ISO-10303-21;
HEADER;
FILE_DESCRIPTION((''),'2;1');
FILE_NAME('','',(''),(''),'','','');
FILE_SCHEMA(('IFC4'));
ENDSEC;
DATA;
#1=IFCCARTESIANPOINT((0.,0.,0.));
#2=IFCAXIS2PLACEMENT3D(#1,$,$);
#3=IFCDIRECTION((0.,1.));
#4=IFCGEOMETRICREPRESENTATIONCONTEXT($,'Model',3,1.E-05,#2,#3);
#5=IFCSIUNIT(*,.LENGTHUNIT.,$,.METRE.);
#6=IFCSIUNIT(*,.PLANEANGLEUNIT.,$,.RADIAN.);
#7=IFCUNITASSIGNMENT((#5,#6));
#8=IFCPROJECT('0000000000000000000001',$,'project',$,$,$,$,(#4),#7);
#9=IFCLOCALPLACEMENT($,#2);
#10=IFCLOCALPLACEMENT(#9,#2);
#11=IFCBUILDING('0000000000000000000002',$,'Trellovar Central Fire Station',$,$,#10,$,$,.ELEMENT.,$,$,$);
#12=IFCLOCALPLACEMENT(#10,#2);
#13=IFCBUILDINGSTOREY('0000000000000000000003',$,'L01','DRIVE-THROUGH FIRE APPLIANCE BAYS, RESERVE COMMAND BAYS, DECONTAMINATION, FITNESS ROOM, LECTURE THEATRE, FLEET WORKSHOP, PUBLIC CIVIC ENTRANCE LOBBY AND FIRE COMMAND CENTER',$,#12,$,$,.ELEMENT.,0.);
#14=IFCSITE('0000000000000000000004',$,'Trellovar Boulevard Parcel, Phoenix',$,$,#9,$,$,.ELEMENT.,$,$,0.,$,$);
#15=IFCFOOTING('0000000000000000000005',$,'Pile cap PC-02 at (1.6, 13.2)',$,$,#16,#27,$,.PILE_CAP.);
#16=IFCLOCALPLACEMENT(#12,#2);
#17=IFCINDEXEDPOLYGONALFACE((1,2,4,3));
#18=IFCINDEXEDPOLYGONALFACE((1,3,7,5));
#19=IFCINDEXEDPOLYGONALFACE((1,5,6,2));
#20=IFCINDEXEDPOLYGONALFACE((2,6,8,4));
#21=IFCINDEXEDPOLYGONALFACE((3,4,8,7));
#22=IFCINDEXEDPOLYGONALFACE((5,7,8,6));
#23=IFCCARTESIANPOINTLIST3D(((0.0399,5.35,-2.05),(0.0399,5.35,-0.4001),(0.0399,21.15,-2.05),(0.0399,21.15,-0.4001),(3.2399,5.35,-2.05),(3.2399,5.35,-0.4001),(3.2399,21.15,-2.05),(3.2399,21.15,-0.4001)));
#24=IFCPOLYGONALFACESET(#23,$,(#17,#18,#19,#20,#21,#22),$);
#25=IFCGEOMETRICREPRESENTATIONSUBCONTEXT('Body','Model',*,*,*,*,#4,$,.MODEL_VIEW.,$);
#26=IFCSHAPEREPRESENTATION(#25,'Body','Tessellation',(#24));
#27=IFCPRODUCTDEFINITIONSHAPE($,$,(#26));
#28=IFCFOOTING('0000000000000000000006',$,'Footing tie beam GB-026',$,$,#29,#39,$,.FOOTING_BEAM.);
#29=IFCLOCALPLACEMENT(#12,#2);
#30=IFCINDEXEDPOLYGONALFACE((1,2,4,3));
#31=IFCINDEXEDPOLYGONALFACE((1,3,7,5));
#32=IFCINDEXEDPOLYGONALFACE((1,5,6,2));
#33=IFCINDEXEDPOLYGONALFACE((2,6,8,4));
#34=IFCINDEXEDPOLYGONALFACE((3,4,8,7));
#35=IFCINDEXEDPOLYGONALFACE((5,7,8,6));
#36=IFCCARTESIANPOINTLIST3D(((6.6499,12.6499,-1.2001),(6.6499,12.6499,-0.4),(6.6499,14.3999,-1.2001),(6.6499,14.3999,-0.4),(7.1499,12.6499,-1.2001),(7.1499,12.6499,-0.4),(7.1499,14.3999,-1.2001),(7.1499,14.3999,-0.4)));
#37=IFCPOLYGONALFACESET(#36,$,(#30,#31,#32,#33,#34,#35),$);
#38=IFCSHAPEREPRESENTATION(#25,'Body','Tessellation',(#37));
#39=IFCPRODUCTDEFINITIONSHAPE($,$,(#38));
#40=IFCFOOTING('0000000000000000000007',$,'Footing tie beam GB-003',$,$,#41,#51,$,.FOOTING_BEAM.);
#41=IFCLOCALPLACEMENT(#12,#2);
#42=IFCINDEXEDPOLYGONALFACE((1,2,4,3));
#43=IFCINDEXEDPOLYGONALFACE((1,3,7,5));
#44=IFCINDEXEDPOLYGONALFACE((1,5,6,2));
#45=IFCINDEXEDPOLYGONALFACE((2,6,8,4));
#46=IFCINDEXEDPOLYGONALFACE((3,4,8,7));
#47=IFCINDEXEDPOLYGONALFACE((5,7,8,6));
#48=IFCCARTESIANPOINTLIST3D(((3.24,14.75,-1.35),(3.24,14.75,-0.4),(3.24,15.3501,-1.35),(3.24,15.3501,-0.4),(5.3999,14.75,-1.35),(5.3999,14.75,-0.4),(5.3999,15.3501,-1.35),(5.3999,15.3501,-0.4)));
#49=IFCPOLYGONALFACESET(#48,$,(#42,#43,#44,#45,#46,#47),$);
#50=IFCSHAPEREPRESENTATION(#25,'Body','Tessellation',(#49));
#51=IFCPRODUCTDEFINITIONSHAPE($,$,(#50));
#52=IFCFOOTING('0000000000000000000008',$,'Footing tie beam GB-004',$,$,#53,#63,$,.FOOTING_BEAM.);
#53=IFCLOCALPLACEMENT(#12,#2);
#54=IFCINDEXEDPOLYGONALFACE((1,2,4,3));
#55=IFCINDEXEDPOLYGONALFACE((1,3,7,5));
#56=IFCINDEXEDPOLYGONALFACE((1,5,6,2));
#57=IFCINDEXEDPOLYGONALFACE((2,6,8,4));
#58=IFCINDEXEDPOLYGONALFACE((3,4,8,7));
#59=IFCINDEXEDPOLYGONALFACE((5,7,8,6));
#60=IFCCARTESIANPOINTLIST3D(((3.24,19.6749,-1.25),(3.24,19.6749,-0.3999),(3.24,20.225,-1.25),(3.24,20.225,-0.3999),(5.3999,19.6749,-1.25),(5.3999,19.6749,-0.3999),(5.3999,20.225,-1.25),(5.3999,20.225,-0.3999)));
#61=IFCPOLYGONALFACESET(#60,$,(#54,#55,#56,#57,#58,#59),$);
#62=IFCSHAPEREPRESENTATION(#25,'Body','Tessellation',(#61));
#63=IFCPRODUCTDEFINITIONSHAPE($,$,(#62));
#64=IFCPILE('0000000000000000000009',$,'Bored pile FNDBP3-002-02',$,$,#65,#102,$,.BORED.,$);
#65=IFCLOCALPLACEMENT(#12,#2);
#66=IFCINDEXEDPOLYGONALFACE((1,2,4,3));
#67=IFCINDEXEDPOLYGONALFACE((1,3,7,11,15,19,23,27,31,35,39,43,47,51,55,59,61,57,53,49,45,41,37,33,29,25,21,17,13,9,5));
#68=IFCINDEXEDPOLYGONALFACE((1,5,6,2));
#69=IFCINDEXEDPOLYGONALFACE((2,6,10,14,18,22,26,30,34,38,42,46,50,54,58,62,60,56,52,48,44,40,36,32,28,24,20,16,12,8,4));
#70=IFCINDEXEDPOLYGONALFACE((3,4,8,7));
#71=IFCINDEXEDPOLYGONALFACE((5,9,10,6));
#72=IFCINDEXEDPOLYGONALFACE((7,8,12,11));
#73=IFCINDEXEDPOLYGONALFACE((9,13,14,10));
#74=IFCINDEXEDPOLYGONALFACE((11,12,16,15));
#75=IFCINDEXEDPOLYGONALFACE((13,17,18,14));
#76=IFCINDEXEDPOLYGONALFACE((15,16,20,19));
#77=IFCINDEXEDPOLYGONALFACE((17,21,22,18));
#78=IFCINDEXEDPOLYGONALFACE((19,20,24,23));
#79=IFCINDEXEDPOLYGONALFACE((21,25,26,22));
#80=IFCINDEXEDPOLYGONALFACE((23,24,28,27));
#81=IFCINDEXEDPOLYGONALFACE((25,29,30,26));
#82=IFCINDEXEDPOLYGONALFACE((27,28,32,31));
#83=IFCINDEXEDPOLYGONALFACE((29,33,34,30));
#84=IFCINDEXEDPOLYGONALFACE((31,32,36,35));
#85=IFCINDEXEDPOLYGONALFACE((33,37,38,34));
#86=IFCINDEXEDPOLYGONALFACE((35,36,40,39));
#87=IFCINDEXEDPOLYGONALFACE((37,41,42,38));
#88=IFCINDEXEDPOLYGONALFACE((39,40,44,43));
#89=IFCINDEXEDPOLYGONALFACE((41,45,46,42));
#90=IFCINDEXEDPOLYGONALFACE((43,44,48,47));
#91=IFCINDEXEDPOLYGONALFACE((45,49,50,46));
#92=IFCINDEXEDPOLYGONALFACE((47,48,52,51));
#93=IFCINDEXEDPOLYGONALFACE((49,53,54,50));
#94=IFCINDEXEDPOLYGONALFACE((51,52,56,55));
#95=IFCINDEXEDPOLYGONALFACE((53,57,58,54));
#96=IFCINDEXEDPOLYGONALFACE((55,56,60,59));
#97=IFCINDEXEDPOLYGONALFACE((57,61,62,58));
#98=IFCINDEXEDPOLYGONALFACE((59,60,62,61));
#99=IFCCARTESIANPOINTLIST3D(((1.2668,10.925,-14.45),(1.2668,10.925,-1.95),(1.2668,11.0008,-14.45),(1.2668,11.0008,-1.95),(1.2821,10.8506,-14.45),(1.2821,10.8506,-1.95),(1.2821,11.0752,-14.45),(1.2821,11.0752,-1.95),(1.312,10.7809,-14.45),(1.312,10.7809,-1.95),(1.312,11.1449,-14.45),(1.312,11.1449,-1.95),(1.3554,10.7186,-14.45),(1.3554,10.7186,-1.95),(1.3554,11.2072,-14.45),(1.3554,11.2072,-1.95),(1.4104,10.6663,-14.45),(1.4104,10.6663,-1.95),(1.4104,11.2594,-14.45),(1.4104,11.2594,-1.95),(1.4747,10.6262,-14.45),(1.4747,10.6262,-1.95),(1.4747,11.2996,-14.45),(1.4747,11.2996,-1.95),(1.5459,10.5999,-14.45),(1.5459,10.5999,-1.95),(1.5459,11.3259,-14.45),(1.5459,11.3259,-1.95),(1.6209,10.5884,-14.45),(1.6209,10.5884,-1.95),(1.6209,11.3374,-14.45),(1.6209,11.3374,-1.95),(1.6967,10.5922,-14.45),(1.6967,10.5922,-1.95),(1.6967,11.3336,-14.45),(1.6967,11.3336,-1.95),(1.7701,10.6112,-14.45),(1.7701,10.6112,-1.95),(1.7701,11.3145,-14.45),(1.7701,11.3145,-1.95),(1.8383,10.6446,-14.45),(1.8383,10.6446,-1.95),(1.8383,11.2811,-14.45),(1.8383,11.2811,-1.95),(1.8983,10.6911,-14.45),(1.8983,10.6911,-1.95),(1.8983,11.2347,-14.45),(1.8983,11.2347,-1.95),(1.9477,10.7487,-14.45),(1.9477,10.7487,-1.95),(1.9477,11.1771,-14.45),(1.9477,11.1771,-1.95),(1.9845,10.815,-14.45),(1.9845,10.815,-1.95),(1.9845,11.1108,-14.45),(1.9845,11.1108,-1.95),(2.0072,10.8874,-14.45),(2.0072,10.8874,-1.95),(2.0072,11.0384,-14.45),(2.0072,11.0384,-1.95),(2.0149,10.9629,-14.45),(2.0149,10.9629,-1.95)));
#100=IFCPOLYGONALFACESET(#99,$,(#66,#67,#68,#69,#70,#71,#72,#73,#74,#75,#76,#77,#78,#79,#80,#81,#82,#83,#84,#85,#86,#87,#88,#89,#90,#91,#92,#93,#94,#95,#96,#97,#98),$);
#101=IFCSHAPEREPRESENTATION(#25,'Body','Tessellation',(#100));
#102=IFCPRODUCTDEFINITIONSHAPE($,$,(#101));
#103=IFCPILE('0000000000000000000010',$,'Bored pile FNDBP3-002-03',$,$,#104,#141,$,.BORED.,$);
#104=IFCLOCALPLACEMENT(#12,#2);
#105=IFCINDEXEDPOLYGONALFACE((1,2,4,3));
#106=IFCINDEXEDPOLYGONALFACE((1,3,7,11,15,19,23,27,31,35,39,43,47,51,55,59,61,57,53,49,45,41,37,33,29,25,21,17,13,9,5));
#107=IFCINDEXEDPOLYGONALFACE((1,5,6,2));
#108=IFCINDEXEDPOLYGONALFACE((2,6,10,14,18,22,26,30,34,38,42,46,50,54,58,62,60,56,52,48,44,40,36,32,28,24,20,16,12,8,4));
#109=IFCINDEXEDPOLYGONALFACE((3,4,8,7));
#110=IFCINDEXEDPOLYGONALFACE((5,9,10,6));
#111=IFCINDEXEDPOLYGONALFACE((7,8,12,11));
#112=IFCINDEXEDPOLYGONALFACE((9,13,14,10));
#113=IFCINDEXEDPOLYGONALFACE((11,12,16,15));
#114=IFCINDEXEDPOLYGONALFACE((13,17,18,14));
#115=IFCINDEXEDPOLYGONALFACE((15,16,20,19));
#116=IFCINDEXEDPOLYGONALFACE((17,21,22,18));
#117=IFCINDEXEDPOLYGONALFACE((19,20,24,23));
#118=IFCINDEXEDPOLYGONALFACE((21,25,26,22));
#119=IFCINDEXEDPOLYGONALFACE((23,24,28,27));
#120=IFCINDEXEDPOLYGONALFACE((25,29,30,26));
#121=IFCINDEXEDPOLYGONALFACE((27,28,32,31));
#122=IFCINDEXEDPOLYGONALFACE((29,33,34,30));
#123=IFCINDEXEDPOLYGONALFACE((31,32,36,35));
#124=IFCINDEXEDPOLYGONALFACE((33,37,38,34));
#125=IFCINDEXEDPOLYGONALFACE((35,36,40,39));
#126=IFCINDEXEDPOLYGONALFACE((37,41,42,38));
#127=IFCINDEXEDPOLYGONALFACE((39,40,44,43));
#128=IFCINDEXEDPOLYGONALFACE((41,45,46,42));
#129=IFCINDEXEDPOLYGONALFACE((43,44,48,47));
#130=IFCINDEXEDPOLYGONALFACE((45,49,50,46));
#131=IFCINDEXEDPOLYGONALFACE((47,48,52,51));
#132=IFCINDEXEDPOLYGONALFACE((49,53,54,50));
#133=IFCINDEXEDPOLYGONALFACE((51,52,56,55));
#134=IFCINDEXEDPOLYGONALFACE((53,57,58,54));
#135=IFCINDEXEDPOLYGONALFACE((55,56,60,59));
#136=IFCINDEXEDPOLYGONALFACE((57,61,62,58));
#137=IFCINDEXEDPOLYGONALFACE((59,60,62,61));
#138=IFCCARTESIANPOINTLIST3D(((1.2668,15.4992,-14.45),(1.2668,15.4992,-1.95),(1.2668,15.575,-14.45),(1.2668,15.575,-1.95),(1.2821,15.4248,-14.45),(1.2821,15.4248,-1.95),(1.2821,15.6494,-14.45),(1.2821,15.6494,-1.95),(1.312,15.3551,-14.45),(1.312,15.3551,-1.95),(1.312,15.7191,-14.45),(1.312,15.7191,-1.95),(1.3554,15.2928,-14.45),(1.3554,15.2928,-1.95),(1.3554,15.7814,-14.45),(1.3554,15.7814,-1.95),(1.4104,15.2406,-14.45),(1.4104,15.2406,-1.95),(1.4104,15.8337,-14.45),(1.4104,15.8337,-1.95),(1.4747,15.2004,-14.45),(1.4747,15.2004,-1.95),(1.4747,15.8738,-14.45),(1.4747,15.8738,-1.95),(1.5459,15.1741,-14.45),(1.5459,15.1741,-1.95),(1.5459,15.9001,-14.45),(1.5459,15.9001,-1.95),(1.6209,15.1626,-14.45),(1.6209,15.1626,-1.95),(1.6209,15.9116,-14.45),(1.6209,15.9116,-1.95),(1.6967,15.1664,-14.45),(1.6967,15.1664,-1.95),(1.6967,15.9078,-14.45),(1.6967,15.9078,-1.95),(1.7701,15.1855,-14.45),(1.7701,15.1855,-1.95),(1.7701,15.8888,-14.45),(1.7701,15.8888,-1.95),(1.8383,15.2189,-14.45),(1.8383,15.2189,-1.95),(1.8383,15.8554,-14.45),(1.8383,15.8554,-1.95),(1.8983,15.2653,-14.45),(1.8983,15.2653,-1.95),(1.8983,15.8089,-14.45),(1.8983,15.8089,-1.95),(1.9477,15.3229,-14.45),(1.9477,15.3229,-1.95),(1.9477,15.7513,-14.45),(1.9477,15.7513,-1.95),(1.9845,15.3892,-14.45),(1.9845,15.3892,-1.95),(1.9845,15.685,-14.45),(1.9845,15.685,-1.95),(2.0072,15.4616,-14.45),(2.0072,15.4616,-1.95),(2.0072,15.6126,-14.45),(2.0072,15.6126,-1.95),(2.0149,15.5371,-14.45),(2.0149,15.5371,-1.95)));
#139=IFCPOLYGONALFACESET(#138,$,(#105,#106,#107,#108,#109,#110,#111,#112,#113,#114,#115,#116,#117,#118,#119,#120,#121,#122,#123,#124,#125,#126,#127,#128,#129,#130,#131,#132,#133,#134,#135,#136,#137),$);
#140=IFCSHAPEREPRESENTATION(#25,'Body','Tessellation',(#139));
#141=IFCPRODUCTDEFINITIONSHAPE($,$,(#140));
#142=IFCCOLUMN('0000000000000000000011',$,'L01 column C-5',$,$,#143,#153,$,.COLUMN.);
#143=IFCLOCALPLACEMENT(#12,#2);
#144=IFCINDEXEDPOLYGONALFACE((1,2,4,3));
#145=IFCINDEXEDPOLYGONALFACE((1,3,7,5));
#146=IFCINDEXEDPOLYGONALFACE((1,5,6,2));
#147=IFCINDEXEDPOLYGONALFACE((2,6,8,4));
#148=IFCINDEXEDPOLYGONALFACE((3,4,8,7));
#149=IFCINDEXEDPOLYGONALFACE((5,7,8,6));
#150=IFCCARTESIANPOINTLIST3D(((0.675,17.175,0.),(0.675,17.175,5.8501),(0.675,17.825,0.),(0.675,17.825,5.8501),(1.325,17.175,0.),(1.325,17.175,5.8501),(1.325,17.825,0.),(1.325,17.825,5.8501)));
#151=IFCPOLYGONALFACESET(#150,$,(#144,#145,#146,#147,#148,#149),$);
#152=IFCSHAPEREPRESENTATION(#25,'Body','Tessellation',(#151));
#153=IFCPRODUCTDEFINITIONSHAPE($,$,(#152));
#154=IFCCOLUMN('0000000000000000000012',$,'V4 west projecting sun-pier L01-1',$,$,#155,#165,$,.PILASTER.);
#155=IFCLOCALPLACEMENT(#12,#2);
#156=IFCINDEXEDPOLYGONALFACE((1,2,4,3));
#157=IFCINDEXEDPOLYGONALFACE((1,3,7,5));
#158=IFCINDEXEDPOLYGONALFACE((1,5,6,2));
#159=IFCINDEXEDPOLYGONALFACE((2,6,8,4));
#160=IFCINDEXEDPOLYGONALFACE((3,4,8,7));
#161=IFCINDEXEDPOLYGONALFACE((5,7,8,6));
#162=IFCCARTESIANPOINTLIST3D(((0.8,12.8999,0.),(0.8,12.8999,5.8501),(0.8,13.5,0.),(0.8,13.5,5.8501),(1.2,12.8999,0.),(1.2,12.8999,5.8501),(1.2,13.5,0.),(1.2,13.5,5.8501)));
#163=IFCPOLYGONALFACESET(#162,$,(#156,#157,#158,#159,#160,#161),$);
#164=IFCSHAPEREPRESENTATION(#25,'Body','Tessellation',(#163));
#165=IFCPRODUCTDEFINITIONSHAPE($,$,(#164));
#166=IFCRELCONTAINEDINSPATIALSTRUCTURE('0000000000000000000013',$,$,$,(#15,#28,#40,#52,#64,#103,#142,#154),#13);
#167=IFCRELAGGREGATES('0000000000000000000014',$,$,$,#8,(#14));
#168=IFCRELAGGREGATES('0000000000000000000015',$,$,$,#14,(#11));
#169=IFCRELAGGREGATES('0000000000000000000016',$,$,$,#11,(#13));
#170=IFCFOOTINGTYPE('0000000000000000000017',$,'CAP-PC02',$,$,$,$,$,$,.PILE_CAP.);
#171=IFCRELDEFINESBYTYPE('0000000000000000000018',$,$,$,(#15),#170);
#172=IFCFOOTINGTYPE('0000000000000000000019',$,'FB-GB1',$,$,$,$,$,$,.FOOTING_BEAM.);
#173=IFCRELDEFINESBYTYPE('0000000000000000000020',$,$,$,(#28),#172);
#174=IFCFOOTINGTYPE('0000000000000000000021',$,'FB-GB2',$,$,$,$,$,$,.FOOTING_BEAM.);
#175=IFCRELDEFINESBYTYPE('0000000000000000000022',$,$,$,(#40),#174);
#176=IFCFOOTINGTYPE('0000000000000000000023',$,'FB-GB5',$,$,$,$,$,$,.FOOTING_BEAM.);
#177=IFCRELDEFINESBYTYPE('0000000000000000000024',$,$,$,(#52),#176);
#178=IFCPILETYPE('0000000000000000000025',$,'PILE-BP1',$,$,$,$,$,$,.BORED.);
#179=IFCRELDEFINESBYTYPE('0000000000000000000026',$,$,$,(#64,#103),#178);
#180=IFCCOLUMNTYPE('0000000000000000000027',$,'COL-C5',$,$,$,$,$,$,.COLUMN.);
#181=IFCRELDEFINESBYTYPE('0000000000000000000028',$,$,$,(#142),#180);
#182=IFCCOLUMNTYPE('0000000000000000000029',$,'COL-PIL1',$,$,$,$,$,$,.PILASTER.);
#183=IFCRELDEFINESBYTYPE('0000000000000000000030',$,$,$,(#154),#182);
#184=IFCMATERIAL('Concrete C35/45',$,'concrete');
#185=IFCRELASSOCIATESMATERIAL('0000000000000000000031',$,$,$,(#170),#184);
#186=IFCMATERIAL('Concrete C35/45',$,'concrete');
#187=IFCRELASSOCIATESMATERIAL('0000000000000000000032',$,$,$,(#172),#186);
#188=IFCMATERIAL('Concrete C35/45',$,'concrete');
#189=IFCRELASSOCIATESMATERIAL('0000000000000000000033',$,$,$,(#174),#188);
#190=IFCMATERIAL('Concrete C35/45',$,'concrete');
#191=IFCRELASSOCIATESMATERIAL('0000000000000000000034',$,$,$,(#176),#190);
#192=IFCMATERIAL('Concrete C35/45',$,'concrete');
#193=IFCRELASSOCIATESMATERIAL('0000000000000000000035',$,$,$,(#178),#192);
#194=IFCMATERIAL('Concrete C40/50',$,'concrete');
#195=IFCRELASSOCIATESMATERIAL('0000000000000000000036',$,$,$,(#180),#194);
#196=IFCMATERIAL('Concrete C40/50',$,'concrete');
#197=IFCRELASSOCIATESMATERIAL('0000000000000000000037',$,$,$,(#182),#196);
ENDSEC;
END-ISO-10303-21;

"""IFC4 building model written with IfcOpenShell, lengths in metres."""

from ifc_helpers import new_model, si_unit, direction, frame, origin, origin_2d, place, context, subcontext, project, spatial, rectangle, circle, extrude, material, material_profile, profile_set, type_object, element, save


model = new_model("IFC4")

# Units and contexts
model_context = context("Model", 3, precision=1e-05, world=origin(), true_north=direction((0.0, 1.0)))
body_context = subcontext(model_context, "Body", "Model", "MODEL_VIEW")
ifc_project = project(units=[si_unit("LENGTHUNIT", "METRE"), si_unit("PLANEANGLEUNIT", "RADIAN")], contexts=[model_context])

# Site, building, storey
site_placement = place(None, origin())
site = spatial("IfcSite", under=ifc_project, at=site_placement, Name="Trellovar Boulevard Parcel, Phoenix", CompositionType="ELEMENT", RefElevation=0.0)
building_placement = place(site_placement, origin())
building = spatial("IfcBuilding", under=site, at=building_placement, Name="Trellovar Central Fire Station", CompositionType="ELEMENT")
storey_placement = place(building_placement, origin())
storey = spatial("IfcBuildingStorey", under=building, at=storey_placement, Name="L01", Description="DRIVE-THROUGH FIRE APPLIANCE BAYS, RESERVE COMMAND BAYS, DECONTAMINATION, FITNESS ROOM, LECTURE THEATRE, FLEET WORKSHOP, PUBLIC CIVIC ENTRANCE LOBBY AND FIRE COMMAND CENTER", CompositionType="ELEMENT", Elevation=0.0)

# Footings
ifc_material_1 = material(Name="Concrete C35/45", Category="concrete")
footing_type_1 = type_object("IfcFootingType", Name="CAP-PC02", PredefinedType="PILE_CAP", material=ifc_material_1)
footing_1_placement = place(storey_placement, frame((1.6399, 13.25, -2.05), z_axis=(0.0, 0.0, 1.0), x_axis=(1.0, 0.0, 0.0)))
element("IfcFooting", 1, at=footing_1_placement, inside=storey, type_object=footing_type_1, Name="Pile cap PC-02 at (1.6, 13.2)", PredefinedType="PILE_CAP", context=body_context, shape_type="SweptSolid", body=[
    extrude(rectangle(XDim=3.2, YDim=15.8, at=origin_2d()), origin(), (0.0, 0.0, 1.0), 1.6499),
])
ifc_material_2 = material(Name="Concrete C35/45", Category="concrete")
ifc_material_profile_1 = material_profile(ifc_material_2, rectangle(XDim=0.5, YDim=0.8, at=origin_2d()), Name="RC500X800")
ifc_profile_set_1 = profile_set([ifc_material_profile_1], Name="Concrete C35/45")
footing_type_2 = type_object("IfcFootingType", Name="FB-GB1", PredefinedType="FOOTING_BEAM", material=ifc_profile_set_1)
footing_2_placement = place(storey_placement, frame((6.8999, 12.6499, -0.8), z_axis=(0.0, 1.0, 0.0), x_axis=(-1.0, 0.0, 0.0)))
element("IfcFooting", 2, at=footing_2_placement, inside=storey, type_object=footing_type_2, Name="Footing tie beam GB-026", PredefinedType="FOOTING_BEAM", context=body_context, shape_type="SweptSolid", body=[
    extrude(rectangle(XDim=0.5, YDim=0.8, at=origin_2d()), origin(), (0.0, 0.0, 1.0), 1.75),
])
ifc_material_3 = material(Name="Concrete C35/45", Category="concrete")
ifc_material_profile_2 = material_profile(ifc_material_3, rectangle(XDim=0.6001, YDim=0.95, at=origin_2d()), Name="RC600X950")
ifc_profile_set_2 = profile_set([ifc_material_profile_2], Name="Concrete C35/45")
footing_type_3 = type_object("IfcFootingType", Name="FB-GB2", PredefinedType="FOOTING_BEAM", material=ifc_profile_set_2)
footing_3_placement = place(storey_placement, frame((3.24, 15.05, -0.875), z_axis=(1.0, 0.0, 0.0), x_axis=(0.0, 1.0, 0.0)))
element("IfcFooting", 3, at=footing_3_placement, inside=storey, type_object=footing_type_3, Name="Footing tie beam GB-003", PredefinedType="FOOTING_BEAM", context=body_context, shape_type="SweptSolid", body=[
    extrude(rectangle(XDim=0.6001, YDim=0.95, at=origin_2d()), origin(), (0.0, 0.0, 1.0), 2.1599),
])
ifc_material_4 = material(Name="Concrete C35/45", Category="concrete")
ifc_material_profile_3 = material_profile(ifc_material_4, rectangle(XDim=0.55, YDim=0.8501, at=origin_2d()), Name="RC550X850")
ifc_profile_set_3 = profile_set([ifc_material_profile_3], Name="Concrete C35/45")
footing_type_4 = type_object("IfcFootingType", Name="FB-GB5", PredefinedType="FOOTING_BEAM", material=ifc_profile_set_3)
footing_4_placement = place(storey_placement, frame((3.24, 19.95, -0.825), z_axis=(1.0, 0.0, 0.0), x_axis=(0.0, 1.0, 0.0)))
element("IfcFooting", 4, at=footing_4_placement, inside=storey, type_object=footing_type_4, Name="Footing tie beam GB-004", PredefinedType="FOOTING_BEAM", context=body_context, shape_type="SweptSolid", body=[
    extrude(rectangle(XDim=0.55, YDim=0.8501, at=origin_2d()), origin(), (0.0, 0.0, 1.0), 2.1599),
])

# Piles
ifc_material_5 = material(Name="Concrete C35/45", Category="concrete")
ifc_material_profile_4 = material_profile(ifc_material_5, circle(Radius=0.375, at=origin_2d()), Name="PILE750")
ifc_profile_set_4 = profile_set([ifc_material_profile_4], Name="Concrete C35/45")
pile_type = type_object("IfcPileType", Name="PILE-BP1", PredefinedType="BORED", material=ifc_profile_set_4)
for number, where, z_axis, x_axis, name in (
    (5, (1.6399, 10.9629, -1.95), (0.0, 0.0, -1.0), (1.0, 0.0, 0.0), "Bored pile FNDBP3-002-02"),
    (6, (1.6399, 15.5371, -1.95), (0.0, 0.0, -1.0), (1.0, 0.0, 0.0), "Bored pile FNDBP3-002-03"),
):
    element("IfcPile", number, at=place(storey_placement, frame(where, z_axis=z_axis, x_axis=x_axis)), inside=storey, type_object=pile_type, Name=name, PredefinedType="BORED", context=body_context, shape_type="SweptSolid", body=[
        extrude(circle(Radius=0.375, at=origin_2d()), origin(), (0.0, 0.0, 1.0), 12.5),
    ])

# Columns
ifc_material_6 = material(Name="Concrete C40/50", Category="concrete")
ifc_material_profile_5 = material_profile(ifc_material_6, rectangle(XDim=0.6499, YDim=0.6499, at=origin_2d()), Name="RC650X650")
ifc_profile_set_5 = profile_set([ifc_material_profile_5], Name="Concrete C40/50")
column_type_1 = type_object("IfcColumnType", Name="COL-C5", PredefinedType="COLUMN", material=ifc_profile_set_5)
column_1_placement = place(storey_placement, frame((1.0, 17.5, 0.0), z_axis=(0.0, 0.0, 1.0), x_axis=(1.0, 0.0, 0.0)))
element("IfcColumn", 7, at=column_1_placement, inside=storey, type_object=column_type_1, Name="L01 column C-5", PredefinedType="COLUMN", context=body_context, shape_type="SweptSolid", body=[
    extrude(rectangle(XDim=0.6499, YDim=0.6499, at=origin_2d()), origin(), (0.0, 0.0, 1.0), 5.8501),
])
ifc_material_7 = material(Name="Concrete C40/50", Category="concrete")
ifc_material_profile_6 = material_profile(ifc_material_7, rectangle(XDim=0.3999, YDim=0.6001, at=origin_2d()), Name="RC400X600")
ifc_profile_set_6 = profile_set([ifc_material_profile_6], Name="Concrete C40/50")
column_type_2 = type_object("IfcColumnType", Name="COL-PIL1", PredefinedType="PILASTER", material=ifc_profile_set_6)
column_2_placement = place(storey_placement, frame((1.0, 13.2, 0.0), z_axis=(0.0, 0.0, 1.0), x_axis=(1.0, 0.0, 0.0)))
element("IfcColumn", 8, at=column_2_placement, inside=storey, type_object=column_type_2, Name="V4 west projecting sun-pier L01-1", PredefinedType="PILASTER", context=body_context, shape_type="SweptSolid", body=[
    extrude(rectangle(XDim=0.3999, YDim=0.6001, at=origin_2d()), origin(), (0.0, 0.0, 1.0), 5.8501),
])

save(model, "model.ifc")
